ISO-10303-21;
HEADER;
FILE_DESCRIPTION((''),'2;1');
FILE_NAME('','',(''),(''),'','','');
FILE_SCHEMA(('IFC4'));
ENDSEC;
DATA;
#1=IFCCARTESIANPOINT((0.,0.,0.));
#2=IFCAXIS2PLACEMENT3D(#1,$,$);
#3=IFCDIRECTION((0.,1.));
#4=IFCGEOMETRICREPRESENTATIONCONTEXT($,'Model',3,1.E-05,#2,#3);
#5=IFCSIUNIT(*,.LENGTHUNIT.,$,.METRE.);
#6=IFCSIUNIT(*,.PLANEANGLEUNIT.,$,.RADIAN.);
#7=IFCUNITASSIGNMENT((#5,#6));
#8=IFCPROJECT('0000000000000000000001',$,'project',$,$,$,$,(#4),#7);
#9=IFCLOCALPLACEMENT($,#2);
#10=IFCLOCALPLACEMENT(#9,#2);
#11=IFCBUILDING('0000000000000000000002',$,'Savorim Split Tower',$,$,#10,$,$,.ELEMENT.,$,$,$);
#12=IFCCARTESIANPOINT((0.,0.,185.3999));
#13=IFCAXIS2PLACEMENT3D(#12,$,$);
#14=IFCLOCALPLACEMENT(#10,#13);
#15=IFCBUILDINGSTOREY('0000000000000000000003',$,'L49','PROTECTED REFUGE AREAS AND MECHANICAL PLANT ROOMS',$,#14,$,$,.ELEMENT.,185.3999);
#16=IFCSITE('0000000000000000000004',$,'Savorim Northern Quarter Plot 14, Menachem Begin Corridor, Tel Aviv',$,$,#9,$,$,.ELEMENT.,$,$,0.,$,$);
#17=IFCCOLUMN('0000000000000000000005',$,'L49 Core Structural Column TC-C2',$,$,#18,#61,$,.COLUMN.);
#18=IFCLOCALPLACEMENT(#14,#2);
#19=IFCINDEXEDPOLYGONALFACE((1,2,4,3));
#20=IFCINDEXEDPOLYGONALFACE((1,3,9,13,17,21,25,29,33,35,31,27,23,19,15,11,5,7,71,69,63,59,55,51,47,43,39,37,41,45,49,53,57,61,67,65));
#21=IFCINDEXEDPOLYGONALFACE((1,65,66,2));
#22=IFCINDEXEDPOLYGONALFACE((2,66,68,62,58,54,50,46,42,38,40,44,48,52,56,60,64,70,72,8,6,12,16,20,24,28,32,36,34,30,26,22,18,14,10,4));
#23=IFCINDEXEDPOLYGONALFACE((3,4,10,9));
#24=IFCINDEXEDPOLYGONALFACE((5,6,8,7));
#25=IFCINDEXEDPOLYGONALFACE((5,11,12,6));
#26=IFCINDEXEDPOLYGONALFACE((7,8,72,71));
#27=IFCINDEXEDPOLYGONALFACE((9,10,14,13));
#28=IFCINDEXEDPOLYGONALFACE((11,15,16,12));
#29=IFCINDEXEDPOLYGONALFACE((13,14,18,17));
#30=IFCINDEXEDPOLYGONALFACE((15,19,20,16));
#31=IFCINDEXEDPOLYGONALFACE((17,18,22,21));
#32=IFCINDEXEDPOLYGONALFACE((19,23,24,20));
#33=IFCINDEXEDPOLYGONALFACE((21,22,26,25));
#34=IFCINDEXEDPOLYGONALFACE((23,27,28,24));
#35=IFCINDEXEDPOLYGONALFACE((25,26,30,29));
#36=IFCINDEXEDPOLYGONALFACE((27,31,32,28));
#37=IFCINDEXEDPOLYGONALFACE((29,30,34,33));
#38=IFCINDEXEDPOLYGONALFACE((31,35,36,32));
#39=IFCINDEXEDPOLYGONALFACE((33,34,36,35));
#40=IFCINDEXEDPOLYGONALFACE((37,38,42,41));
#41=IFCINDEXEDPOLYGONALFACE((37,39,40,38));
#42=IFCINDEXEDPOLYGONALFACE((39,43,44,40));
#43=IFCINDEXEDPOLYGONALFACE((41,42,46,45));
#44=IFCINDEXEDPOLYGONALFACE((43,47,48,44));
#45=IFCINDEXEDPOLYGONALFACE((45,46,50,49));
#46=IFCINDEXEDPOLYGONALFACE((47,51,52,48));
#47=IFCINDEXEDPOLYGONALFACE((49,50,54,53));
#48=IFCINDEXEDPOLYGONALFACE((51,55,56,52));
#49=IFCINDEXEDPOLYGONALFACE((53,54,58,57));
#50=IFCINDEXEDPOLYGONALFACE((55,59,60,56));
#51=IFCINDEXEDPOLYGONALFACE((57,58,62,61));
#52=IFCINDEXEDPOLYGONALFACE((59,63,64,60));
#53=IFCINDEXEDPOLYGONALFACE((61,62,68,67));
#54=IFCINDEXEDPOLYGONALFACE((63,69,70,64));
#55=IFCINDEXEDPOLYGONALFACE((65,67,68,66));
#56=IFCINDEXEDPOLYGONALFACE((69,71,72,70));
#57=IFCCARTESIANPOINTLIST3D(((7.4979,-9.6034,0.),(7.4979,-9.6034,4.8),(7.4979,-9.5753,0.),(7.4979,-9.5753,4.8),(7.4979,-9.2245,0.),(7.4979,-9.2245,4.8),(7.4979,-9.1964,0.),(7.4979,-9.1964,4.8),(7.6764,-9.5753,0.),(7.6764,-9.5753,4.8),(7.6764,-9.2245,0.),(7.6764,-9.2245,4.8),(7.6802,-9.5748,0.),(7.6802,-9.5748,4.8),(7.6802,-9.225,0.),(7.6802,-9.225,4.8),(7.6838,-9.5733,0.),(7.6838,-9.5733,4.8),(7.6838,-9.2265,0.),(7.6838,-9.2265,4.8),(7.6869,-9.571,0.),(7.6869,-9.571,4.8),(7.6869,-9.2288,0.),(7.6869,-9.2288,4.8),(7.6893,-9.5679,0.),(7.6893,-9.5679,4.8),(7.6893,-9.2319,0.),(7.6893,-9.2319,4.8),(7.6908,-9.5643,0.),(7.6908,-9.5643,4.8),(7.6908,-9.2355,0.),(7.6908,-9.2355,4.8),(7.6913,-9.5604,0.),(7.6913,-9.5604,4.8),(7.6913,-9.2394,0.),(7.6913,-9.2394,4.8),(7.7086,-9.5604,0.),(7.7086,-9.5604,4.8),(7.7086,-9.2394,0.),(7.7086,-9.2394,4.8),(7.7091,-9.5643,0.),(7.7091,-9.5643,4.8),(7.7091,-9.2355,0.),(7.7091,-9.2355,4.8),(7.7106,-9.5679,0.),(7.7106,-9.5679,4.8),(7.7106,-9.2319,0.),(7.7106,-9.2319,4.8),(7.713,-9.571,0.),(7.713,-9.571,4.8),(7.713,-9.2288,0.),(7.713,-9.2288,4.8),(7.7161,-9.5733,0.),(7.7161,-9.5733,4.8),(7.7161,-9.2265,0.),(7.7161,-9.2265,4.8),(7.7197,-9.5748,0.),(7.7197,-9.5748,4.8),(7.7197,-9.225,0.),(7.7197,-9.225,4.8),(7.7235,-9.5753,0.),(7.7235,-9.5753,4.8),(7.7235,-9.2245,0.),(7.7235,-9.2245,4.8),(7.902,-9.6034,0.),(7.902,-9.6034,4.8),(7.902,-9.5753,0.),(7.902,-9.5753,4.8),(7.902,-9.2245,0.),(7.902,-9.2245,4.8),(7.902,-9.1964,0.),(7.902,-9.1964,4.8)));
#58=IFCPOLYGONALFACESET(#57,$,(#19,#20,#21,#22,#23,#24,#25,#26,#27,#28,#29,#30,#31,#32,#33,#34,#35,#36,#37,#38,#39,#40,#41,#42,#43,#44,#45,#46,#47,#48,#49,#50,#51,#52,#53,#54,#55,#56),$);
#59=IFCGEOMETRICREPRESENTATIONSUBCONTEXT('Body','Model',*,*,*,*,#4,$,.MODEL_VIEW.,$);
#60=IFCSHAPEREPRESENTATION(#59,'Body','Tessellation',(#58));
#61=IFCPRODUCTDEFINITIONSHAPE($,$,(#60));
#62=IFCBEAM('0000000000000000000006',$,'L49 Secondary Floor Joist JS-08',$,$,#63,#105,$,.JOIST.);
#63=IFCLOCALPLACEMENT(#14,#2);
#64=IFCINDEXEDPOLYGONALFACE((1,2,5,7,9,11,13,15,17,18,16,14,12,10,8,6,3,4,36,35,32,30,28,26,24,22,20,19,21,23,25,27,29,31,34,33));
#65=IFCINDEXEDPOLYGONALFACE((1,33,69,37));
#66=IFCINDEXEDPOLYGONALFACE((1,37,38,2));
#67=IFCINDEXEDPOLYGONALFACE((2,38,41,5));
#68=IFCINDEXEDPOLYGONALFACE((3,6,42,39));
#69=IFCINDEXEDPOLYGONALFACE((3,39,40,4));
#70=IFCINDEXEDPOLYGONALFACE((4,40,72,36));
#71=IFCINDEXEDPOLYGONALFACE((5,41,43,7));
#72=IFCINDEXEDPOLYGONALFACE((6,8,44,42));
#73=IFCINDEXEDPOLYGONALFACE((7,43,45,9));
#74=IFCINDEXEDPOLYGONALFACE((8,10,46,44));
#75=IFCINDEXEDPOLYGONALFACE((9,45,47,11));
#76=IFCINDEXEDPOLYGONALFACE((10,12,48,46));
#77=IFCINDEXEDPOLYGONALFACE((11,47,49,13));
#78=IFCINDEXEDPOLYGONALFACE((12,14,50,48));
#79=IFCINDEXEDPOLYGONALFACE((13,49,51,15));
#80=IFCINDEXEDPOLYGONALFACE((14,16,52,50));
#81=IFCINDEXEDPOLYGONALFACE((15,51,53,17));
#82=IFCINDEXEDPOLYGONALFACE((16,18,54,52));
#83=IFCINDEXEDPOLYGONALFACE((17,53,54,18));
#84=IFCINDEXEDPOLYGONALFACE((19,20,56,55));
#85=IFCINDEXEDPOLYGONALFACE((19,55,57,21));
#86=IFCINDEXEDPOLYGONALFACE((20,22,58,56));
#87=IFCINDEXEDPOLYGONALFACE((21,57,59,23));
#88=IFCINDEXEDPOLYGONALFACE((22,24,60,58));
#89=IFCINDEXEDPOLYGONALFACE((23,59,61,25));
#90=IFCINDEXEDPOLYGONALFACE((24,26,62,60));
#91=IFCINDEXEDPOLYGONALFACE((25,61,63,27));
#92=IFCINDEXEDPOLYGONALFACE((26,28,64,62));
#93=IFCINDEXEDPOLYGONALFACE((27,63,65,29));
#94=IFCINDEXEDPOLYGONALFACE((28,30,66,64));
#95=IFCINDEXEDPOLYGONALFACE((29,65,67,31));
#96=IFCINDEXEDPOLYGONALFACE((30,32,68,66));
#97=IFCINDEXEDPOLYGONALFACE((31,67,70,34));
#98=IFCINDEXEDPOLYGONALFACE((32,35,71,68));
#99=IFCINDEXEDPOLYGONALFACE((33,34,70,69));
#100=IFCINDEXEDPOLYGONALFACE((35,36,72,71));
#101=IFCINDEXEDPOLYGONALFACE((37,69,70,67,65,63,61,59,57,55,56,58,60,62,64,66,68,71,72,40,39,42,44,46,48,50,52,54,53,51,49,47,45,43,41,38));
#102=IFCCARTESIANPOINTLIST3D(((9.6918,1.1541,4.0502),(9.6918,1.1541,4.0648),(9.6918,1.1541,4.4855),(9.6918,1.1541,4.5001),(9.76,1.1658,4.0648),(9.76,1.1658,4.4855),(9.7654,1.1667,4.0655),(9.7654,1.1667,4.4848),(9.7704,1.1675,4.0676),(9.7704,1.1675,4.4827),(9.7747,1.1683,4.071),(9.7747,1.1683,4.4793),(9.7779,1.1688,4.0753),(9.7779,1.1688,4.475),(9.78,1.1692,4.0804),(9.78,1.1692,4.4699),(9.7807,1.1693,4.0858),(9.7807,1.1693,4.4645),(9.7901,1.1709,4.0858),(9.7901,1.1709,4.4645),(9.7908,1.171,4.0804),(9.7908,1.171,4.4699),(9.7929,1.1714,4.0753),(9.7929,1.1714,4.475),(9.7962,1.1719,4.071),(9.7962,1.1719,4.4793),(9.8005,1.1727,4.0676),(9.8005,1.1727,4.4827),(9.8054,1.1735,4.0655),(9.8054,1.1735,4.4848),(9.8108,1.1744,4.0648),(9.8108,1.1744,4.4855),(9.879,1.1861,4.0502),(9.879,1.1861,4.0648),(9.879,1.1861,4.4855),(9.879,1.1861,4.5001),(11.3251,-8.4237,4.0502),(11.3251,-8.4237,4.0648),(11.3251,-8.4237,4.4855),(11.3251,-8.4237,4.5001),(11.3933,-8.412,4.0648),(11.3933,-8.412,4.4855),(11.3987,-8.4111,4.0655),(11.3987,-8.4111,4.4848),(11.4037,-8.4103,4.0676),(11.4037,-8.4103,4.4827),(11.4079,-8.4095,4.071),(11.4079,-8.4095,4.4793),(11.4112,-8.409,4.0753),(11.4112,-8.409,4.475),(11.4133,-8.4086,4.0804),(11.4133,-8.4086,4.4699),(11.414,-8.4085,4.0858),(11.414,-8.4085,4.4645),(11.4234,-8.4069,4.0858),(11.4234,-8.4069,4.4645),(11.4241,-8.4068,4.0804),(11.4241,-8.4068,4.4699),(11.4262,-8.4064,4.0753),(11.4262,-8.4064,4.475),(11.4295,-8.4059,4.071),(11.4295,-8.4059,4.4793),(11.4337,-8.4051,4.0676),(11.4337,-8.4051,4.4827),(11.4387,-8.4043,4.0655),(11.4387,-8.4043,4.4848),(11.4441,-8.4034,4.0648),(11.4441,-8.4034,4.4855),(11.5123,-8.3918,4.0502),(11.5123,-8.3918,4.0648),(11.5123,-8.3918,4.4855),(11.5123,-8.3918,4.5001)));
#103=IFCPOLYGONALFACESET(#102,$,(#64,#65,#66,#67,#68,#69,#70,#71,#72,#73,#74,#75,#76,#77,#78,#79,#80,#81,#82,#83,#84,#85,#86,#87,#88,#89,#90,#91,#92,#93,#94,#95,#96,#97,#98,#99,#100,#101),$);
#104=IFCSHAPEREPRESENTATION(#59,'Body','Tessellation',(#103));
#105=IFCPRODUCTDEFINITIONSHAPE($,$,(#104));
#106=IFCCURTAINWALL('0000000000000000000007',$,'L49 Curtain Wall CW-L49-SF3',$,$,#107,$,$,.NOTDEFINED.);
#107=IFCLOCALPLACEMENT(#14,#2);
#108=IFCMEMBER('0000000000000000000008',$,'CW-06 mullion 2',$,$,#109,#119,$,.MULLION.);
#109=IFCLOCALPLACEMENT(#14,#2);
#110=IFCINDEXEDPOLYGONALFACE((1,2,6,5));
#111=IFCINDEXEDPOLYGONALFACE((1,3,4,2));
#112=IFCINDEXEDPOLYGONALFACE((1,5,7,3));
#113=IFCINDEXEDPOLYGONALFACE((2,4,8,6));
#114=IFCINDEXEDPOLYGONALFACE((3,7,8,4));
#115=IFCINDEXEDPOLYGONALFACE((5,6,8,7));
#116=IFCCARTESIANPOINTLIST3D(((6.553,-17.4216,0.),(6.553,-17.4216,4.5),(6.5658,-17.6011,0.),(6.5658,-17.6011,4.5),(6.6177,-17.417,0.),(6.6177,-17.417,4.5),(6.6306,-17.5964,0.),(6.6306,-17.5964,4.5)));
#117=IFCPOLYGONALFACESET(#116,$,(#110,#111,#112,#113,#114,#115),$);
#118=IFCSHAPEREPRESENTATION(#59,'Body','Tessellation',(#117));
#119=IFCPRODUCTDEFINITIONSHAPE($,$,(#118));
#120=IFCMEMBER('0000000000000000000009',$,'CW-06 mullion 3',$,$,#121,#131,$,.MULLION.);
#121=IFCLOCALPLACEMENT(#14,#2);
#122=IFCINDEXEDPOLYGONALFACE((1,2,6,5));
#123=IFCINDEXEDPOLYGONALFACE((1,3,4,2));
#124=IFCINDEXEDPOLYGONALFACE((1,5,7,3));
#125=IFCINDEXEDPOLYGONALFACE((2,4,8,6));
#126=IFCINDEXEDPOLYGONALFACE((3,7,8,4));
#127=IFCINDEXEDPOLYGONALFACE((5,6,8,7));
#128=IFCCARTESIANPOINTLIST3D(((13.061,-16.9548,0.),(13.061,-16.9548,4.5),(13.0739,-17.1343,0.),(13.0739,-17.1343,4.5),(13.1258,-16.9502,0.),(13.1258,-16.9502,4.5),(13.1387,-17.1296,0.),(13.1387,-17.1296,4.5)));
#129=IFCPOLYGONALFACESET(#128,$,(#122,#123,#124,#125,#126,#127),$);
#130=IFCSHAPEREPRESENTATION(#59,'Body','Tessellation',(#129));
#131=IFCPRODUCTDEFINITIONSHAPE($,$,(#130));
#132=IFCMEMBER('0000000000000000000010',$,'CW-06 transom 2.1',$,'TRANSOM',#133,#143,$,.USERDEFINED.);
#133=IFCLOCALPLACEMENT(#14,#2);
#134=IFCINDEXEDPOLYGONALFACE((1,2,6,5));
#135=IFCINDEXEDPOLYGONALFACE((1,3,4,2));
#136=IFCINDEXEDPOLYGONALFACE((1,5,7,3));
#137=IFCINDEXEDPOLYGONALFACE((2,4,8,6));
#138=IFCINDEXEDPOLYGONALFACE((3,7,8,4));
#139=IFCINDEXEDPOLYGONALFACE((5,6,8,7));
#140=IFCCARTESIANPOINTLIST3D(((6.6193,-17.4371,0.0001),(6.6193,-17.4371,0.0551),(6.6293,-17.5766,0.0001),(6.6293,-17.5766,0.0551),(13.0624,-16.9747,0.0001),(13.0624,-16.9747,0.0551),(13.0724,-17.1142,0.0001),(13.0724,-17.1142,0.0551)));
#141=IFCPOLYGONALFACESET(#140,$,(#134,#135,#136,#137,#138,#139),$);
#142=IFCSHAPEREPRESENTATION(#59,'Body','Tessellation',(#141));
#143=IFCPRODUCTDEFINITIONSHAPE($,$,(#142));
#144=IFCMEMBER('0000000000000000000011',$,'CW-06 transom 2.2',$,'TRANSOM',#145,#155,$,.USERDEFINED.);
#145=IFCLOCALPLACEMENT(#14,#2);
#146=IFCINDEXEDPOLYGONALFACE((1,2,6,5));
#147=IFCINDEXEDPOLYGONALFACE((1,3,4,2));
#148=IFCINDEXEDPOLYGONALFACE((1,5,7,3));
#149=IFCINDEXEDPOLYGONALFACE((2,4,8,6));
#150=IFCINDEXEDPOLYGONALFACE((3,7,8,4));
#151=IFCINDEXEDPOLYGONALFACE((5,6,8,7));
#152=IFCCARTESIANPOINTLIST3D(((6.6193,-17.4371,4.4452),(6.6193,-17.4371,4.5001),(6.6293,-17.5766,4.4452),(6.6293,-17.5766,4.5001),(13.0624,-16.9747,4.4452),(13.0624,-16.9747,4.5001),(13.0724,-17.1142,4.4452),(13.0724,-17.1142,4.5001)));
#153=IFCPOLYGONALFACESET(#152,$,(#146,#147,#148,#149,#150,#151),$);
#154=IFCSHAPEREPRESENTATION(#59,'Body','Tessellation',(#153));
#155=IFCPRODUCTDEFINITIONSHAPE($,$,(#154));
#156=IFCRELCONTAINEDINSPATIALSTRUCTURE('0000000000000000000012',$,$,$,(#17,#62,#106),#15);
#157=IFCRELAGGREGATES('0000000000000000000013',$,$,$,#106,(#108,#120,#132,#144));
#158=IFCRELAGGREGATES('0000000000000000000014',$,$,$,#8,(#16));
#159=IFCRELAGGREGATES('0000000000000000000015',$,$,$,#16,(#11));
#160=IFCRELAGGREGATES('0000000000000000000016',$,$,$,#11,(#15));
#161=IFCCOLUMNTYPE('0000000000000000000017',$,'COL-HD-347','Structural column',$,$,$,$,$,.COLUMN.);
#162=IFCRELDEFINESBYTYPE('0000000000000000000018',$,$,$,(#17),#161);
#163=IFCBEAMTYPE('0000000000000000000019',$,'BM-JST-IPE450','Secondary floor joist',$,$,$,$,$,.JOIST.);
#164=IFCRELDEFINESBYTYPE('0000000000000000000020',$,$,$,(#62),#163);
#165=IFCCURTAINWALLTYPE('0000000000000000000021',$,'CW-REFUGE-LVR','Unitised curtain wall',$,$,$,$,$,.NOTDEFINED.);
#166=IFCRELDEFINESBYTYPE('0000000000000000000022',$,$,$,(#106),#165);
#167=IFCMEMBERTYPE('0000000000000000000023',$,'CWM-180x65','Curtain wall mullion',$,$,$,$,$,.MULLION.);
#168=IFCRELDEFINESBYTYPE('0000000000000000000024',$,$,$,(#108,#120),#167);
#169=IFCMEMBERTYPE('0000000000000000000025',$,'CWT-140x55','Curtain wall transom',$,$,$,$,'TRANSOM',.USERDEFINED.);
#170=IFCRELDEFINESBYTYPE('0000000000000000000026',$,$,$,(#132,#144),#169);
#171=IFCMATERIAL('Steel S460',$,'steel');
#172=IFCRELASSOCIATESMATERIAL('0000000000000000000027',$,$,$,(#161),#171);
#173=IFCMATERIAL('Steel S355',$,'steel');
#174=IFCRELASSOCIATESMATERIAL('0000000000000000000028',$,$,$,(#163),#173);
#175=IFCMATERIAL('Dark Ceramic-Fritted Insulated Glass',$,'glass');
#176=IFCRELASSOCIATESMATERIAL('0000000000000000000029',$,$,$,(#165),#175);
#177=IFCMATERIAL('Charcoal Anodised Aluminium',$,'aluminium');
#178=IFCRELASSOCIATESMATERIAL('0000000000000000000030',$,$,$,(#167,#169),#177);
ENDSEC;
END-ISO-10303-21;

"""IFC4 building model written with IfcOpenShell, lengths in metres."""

from ifc_helpers import new_model, si_unit, direction, frame, origin, origin_2d, place, context, subcontext, project, spatial, rectangle, i_section, extrude, material, material_profile, profile_set, type_object, element, aggregate, save


model = new_model("IFC4")

# Units and contexts
model_context = context("Model", 3, precision=1e-05, world=origin(), true_north=direction((0.0, 1.0)))
body_context = subcontext(model_context, "Body", "Model", "MODEL_VIEW")
ifc_project = project(units=[si_unit("LENGTHUNIT", "METRE"), si_unit("PLANEANGLEUNIT", "RADIAN")], contexts=[model_context])

# Site, building, storey
site_placement = place(None, origin())
site = spatial("IfcSite", under=ifc_project, at=site_placement, Name="Savorim Northern Quarter Plot 14, Menachem Begin Corridor, Tel Aviv", CompositionType="ELEMENT", RefElevation=0.0)
building_placement = place(site_placement, origin())
building = spatial("IfcBuilding", under=site, at=building_placement, Name="Savorim Split Tower", CompositionType="ELEMENT")
storey_placement = place(building_placement, frame((0.0, 0.0, 185.3999)))
storey = spatial("IfcBuildingStorey", under=building, at=storey_placement, Name="L49", Description="PROTECTED REFUGE AREAS AND MECHANICAL PLANT ROOMS", CompositionType="ELEMENT", Elevation=185.3999)

# Column
ifc_material_1 = material(Name="Steel S460", Category="steel")
ifc_material_profile_1 = material_profile(ifc_material_1, i_section(OverallWidth=0.4041, OverallDepth=0.407, WebThickness=0.0173, FlangeThickness=0.0281, FilletRadius=0.0149, at=origin_2d()), Name="HD 400x347")
ifc_profile_set_1 = profile_set([ifc_material_profile_1], Name="Steel S460")
column_type = type_object("IfcColumnType", Name="COL-HD-347", Description="Structural column", PredefinedType="COLUMN", material=ifc_profile_set_1)
column_placement = place(storey_placement, frame((7.7, -9.3999, 0.0), z_axis=(0.0, 0.0, 1.0), x_axis=(1.0, 0.0, 0.0)))
element("IfcColumn", 1, at=column_placement, inside=storey, type_object=column_type, Name="L49 Core Structural Column TC-C2", PredefinedType="COLUMN", context=body_context, shape_type="SweptSolid", body=[
    extrude(i_section(OverallWidth=0.4041, OverallDepth=0.407, WebThickness=0.0173, FlangeThickness=0.0281, FilletRadius=0.0149, at=origin_2d()), origin(), (0.0, 0.0, 1.0), 4.8),
])

# Beam
ifc_material_2 = material(Name="Steel S355", Category="steel")
ifc_material_profile_2 = material_profile(ifc_material_2, i_section(OverallWidth=0.1899, OverallDepth=0.45, WebThickness=0.0095, FlangeThickness=0.0146, FilletRadius=0.021, at=origin_2d()), Name="IPE 450")
ifc_profile_set_2 = profile_set([ifc_material_profile_2], Name="Steel S355")
beam_type = type_object("IfcBeamType", Name="BM-JST-IPE450", Description="Secondary floor joist", PredefinedType="JOIST", material=ifc_profile_set_2)
beam_placement = place(storey_placement, frame((11.4187, -8.4077, 4.2751), z_axis=(-0.168102, 0.98577, 0.0), x_axis=(-0.98577, -0.168102, 0.0)))
element("IfcBeam", 2, at=beam_placement, inside=storey, type_object=beam_type, Name="L49 Secondary Floor Joist JS-08", PredefinedType="JOIST", context=body_context, shape_type="SweptSolid", body=[
    extrude(i_section(OverallWidth=0.1899, OverallDepth=0.45, WebThickness=0.0095, FlangeThickness=0.0146, FilletRadius=0.021, at=origin_2d()), origin(), (0.0, 0.0, 1.0), 9.7161),
])

# Curtain wall, members
ifc_material_3 = material(Name="Dark Ceramic-Fritted Insulated Glass", Category="glass")
curtain_wall_type = type_object("IfcCurtainWallType", Name="CW-REFUGE-LVR", Description="Unitised curtain wall", PredefinedType="NOTDEFINED", material=ifc_material_3)
curtain_wall_placement = place(storey_placement, origin())
curtain_wall = element("IfcCurtainWall", 3, at=curtain_wall_placement, inside=storey, type_object=curtain_wall_type, Name="L49 Curtain Wall CW-L49-SF3", PredefinedType="NOTDEFINED")
ifc_material_4 = material(Name="Charcoal Anodised Aluminium", Category="aluminium")
ifc_material_profile_3 = material_profile(ifc_material_4, rectangle(XDim=0.1799, YDim=0.0649, at=origin_2d()), Name="ALU-M 180x65")
ifc_profile_set_3 = profile_set([ifc_material_profile_3], Name="Charcoal Anodised Aluminium")
member_type_1 = type_object("IfcMemberType", Name="CWM-180x65", Description="Curtain wall mullion", PredefinedType="MULLION", material=ifc_profile_set_3)
member_1_placement = place(storey_placement, frame((6.5918, -17.509, 0.0), z_axis=(0.0, 0.0, 1.0), x_axis=(-0.071562, 0.997436, 0.0)))
member_1 = element("IfcMember", 4, at=member_1_placement, type_object=member_type_1, Name="CW-06 mullion 2", PredefinedType="MULLION", context=body_context, shape_type="SweptSolid", body=[
    extrude(rectangle(XDim=0.1799, YDim=0.0649, at=origin_2d()), origin(), (0.0, 0.0, 1.0), 4.5),
])
member_2_placement = place(storey_placement, frame((13.0999, -17.0422, 0.0), z_axis=(0.0, 0.0, 1.0), x_axis=(-0.071562, 0.997436, 0.0)))
member_2 = element("IfcMember", 5, at=member_2_placement, type_object=member_type_1, Name="CW-06 mullion 3", PredefinedType="MULLION", context=body_context, shape_type="SweptSolid", body=[
    extrude(rectangle(XDim=0.1799, YDim=0.0649, at=origin_2d()), origin(), (0.0, 0.0, 1.0), 4.5),
])
ifc_material_profile_4 = material_profile(ifc_material_4, rectangle(XDim=0.1399, YDim=0.0549, at=origin_2d()), Name="ALU-T 140x55")
ifc_profile_set_4 = profile_set([ifc_material_profile_4], Name="Charcoal Anodised Aluminium")
member_type_2 = type_object("IfcMemberType", Name="CWT-140x55", Description="Curtain wall transom", ElementType="TRANSOM", PredefinedType="USERDEFINED", material=ifc_profile_set_4)
member_3_placement = place(storey_placement, frame((6.6243, -17.5068, 0.0276), z_axis=(0.997435, 0.071583, 0.0), x_axis=(-0.071583, 0.997435, 0.0)))
member_3 = element("IfcMember", 6, at=member_3_placement, type_object=member_type_2, Name="CW-06 transom 2.1", ObjectType="TRANSOM", PredefinedType="USERDEFINED", context=body_context, shape_type="SweptSolid", body=[
    extrude(rectangle(XDim=0.1399, YDim=0.0549, at=origin_2d()), origin(), (0.0, 0.0, 1.0), 6.4597),
])
member_4_placement = place(storey_placement, frame((6.6243, -17.5068, 4.4727), z_axis=(0.997435, 0.071583, 0.0), x_axis=(-0.071583, 0.997435, 0.0)))
member_4 = element("IfcMember", 7, at=member_4_placement, type_object=member_type_2, Name="CW-06 transom 2.2", ObjectType="TRANSOM", PredefinedType="USERDEFINED", context=body_context, shape_type="SweptSolid", body=[
    extrude(rectangle(XDim=0.1399, YDim=0.0549, at=origin_2d()), origin(), (0.0, 0.0, 1.0), 6.4597),
])

aggregate(curtain_wall, [member_1, member_2, member_3, member_4])

save(model, "model.ifc")
